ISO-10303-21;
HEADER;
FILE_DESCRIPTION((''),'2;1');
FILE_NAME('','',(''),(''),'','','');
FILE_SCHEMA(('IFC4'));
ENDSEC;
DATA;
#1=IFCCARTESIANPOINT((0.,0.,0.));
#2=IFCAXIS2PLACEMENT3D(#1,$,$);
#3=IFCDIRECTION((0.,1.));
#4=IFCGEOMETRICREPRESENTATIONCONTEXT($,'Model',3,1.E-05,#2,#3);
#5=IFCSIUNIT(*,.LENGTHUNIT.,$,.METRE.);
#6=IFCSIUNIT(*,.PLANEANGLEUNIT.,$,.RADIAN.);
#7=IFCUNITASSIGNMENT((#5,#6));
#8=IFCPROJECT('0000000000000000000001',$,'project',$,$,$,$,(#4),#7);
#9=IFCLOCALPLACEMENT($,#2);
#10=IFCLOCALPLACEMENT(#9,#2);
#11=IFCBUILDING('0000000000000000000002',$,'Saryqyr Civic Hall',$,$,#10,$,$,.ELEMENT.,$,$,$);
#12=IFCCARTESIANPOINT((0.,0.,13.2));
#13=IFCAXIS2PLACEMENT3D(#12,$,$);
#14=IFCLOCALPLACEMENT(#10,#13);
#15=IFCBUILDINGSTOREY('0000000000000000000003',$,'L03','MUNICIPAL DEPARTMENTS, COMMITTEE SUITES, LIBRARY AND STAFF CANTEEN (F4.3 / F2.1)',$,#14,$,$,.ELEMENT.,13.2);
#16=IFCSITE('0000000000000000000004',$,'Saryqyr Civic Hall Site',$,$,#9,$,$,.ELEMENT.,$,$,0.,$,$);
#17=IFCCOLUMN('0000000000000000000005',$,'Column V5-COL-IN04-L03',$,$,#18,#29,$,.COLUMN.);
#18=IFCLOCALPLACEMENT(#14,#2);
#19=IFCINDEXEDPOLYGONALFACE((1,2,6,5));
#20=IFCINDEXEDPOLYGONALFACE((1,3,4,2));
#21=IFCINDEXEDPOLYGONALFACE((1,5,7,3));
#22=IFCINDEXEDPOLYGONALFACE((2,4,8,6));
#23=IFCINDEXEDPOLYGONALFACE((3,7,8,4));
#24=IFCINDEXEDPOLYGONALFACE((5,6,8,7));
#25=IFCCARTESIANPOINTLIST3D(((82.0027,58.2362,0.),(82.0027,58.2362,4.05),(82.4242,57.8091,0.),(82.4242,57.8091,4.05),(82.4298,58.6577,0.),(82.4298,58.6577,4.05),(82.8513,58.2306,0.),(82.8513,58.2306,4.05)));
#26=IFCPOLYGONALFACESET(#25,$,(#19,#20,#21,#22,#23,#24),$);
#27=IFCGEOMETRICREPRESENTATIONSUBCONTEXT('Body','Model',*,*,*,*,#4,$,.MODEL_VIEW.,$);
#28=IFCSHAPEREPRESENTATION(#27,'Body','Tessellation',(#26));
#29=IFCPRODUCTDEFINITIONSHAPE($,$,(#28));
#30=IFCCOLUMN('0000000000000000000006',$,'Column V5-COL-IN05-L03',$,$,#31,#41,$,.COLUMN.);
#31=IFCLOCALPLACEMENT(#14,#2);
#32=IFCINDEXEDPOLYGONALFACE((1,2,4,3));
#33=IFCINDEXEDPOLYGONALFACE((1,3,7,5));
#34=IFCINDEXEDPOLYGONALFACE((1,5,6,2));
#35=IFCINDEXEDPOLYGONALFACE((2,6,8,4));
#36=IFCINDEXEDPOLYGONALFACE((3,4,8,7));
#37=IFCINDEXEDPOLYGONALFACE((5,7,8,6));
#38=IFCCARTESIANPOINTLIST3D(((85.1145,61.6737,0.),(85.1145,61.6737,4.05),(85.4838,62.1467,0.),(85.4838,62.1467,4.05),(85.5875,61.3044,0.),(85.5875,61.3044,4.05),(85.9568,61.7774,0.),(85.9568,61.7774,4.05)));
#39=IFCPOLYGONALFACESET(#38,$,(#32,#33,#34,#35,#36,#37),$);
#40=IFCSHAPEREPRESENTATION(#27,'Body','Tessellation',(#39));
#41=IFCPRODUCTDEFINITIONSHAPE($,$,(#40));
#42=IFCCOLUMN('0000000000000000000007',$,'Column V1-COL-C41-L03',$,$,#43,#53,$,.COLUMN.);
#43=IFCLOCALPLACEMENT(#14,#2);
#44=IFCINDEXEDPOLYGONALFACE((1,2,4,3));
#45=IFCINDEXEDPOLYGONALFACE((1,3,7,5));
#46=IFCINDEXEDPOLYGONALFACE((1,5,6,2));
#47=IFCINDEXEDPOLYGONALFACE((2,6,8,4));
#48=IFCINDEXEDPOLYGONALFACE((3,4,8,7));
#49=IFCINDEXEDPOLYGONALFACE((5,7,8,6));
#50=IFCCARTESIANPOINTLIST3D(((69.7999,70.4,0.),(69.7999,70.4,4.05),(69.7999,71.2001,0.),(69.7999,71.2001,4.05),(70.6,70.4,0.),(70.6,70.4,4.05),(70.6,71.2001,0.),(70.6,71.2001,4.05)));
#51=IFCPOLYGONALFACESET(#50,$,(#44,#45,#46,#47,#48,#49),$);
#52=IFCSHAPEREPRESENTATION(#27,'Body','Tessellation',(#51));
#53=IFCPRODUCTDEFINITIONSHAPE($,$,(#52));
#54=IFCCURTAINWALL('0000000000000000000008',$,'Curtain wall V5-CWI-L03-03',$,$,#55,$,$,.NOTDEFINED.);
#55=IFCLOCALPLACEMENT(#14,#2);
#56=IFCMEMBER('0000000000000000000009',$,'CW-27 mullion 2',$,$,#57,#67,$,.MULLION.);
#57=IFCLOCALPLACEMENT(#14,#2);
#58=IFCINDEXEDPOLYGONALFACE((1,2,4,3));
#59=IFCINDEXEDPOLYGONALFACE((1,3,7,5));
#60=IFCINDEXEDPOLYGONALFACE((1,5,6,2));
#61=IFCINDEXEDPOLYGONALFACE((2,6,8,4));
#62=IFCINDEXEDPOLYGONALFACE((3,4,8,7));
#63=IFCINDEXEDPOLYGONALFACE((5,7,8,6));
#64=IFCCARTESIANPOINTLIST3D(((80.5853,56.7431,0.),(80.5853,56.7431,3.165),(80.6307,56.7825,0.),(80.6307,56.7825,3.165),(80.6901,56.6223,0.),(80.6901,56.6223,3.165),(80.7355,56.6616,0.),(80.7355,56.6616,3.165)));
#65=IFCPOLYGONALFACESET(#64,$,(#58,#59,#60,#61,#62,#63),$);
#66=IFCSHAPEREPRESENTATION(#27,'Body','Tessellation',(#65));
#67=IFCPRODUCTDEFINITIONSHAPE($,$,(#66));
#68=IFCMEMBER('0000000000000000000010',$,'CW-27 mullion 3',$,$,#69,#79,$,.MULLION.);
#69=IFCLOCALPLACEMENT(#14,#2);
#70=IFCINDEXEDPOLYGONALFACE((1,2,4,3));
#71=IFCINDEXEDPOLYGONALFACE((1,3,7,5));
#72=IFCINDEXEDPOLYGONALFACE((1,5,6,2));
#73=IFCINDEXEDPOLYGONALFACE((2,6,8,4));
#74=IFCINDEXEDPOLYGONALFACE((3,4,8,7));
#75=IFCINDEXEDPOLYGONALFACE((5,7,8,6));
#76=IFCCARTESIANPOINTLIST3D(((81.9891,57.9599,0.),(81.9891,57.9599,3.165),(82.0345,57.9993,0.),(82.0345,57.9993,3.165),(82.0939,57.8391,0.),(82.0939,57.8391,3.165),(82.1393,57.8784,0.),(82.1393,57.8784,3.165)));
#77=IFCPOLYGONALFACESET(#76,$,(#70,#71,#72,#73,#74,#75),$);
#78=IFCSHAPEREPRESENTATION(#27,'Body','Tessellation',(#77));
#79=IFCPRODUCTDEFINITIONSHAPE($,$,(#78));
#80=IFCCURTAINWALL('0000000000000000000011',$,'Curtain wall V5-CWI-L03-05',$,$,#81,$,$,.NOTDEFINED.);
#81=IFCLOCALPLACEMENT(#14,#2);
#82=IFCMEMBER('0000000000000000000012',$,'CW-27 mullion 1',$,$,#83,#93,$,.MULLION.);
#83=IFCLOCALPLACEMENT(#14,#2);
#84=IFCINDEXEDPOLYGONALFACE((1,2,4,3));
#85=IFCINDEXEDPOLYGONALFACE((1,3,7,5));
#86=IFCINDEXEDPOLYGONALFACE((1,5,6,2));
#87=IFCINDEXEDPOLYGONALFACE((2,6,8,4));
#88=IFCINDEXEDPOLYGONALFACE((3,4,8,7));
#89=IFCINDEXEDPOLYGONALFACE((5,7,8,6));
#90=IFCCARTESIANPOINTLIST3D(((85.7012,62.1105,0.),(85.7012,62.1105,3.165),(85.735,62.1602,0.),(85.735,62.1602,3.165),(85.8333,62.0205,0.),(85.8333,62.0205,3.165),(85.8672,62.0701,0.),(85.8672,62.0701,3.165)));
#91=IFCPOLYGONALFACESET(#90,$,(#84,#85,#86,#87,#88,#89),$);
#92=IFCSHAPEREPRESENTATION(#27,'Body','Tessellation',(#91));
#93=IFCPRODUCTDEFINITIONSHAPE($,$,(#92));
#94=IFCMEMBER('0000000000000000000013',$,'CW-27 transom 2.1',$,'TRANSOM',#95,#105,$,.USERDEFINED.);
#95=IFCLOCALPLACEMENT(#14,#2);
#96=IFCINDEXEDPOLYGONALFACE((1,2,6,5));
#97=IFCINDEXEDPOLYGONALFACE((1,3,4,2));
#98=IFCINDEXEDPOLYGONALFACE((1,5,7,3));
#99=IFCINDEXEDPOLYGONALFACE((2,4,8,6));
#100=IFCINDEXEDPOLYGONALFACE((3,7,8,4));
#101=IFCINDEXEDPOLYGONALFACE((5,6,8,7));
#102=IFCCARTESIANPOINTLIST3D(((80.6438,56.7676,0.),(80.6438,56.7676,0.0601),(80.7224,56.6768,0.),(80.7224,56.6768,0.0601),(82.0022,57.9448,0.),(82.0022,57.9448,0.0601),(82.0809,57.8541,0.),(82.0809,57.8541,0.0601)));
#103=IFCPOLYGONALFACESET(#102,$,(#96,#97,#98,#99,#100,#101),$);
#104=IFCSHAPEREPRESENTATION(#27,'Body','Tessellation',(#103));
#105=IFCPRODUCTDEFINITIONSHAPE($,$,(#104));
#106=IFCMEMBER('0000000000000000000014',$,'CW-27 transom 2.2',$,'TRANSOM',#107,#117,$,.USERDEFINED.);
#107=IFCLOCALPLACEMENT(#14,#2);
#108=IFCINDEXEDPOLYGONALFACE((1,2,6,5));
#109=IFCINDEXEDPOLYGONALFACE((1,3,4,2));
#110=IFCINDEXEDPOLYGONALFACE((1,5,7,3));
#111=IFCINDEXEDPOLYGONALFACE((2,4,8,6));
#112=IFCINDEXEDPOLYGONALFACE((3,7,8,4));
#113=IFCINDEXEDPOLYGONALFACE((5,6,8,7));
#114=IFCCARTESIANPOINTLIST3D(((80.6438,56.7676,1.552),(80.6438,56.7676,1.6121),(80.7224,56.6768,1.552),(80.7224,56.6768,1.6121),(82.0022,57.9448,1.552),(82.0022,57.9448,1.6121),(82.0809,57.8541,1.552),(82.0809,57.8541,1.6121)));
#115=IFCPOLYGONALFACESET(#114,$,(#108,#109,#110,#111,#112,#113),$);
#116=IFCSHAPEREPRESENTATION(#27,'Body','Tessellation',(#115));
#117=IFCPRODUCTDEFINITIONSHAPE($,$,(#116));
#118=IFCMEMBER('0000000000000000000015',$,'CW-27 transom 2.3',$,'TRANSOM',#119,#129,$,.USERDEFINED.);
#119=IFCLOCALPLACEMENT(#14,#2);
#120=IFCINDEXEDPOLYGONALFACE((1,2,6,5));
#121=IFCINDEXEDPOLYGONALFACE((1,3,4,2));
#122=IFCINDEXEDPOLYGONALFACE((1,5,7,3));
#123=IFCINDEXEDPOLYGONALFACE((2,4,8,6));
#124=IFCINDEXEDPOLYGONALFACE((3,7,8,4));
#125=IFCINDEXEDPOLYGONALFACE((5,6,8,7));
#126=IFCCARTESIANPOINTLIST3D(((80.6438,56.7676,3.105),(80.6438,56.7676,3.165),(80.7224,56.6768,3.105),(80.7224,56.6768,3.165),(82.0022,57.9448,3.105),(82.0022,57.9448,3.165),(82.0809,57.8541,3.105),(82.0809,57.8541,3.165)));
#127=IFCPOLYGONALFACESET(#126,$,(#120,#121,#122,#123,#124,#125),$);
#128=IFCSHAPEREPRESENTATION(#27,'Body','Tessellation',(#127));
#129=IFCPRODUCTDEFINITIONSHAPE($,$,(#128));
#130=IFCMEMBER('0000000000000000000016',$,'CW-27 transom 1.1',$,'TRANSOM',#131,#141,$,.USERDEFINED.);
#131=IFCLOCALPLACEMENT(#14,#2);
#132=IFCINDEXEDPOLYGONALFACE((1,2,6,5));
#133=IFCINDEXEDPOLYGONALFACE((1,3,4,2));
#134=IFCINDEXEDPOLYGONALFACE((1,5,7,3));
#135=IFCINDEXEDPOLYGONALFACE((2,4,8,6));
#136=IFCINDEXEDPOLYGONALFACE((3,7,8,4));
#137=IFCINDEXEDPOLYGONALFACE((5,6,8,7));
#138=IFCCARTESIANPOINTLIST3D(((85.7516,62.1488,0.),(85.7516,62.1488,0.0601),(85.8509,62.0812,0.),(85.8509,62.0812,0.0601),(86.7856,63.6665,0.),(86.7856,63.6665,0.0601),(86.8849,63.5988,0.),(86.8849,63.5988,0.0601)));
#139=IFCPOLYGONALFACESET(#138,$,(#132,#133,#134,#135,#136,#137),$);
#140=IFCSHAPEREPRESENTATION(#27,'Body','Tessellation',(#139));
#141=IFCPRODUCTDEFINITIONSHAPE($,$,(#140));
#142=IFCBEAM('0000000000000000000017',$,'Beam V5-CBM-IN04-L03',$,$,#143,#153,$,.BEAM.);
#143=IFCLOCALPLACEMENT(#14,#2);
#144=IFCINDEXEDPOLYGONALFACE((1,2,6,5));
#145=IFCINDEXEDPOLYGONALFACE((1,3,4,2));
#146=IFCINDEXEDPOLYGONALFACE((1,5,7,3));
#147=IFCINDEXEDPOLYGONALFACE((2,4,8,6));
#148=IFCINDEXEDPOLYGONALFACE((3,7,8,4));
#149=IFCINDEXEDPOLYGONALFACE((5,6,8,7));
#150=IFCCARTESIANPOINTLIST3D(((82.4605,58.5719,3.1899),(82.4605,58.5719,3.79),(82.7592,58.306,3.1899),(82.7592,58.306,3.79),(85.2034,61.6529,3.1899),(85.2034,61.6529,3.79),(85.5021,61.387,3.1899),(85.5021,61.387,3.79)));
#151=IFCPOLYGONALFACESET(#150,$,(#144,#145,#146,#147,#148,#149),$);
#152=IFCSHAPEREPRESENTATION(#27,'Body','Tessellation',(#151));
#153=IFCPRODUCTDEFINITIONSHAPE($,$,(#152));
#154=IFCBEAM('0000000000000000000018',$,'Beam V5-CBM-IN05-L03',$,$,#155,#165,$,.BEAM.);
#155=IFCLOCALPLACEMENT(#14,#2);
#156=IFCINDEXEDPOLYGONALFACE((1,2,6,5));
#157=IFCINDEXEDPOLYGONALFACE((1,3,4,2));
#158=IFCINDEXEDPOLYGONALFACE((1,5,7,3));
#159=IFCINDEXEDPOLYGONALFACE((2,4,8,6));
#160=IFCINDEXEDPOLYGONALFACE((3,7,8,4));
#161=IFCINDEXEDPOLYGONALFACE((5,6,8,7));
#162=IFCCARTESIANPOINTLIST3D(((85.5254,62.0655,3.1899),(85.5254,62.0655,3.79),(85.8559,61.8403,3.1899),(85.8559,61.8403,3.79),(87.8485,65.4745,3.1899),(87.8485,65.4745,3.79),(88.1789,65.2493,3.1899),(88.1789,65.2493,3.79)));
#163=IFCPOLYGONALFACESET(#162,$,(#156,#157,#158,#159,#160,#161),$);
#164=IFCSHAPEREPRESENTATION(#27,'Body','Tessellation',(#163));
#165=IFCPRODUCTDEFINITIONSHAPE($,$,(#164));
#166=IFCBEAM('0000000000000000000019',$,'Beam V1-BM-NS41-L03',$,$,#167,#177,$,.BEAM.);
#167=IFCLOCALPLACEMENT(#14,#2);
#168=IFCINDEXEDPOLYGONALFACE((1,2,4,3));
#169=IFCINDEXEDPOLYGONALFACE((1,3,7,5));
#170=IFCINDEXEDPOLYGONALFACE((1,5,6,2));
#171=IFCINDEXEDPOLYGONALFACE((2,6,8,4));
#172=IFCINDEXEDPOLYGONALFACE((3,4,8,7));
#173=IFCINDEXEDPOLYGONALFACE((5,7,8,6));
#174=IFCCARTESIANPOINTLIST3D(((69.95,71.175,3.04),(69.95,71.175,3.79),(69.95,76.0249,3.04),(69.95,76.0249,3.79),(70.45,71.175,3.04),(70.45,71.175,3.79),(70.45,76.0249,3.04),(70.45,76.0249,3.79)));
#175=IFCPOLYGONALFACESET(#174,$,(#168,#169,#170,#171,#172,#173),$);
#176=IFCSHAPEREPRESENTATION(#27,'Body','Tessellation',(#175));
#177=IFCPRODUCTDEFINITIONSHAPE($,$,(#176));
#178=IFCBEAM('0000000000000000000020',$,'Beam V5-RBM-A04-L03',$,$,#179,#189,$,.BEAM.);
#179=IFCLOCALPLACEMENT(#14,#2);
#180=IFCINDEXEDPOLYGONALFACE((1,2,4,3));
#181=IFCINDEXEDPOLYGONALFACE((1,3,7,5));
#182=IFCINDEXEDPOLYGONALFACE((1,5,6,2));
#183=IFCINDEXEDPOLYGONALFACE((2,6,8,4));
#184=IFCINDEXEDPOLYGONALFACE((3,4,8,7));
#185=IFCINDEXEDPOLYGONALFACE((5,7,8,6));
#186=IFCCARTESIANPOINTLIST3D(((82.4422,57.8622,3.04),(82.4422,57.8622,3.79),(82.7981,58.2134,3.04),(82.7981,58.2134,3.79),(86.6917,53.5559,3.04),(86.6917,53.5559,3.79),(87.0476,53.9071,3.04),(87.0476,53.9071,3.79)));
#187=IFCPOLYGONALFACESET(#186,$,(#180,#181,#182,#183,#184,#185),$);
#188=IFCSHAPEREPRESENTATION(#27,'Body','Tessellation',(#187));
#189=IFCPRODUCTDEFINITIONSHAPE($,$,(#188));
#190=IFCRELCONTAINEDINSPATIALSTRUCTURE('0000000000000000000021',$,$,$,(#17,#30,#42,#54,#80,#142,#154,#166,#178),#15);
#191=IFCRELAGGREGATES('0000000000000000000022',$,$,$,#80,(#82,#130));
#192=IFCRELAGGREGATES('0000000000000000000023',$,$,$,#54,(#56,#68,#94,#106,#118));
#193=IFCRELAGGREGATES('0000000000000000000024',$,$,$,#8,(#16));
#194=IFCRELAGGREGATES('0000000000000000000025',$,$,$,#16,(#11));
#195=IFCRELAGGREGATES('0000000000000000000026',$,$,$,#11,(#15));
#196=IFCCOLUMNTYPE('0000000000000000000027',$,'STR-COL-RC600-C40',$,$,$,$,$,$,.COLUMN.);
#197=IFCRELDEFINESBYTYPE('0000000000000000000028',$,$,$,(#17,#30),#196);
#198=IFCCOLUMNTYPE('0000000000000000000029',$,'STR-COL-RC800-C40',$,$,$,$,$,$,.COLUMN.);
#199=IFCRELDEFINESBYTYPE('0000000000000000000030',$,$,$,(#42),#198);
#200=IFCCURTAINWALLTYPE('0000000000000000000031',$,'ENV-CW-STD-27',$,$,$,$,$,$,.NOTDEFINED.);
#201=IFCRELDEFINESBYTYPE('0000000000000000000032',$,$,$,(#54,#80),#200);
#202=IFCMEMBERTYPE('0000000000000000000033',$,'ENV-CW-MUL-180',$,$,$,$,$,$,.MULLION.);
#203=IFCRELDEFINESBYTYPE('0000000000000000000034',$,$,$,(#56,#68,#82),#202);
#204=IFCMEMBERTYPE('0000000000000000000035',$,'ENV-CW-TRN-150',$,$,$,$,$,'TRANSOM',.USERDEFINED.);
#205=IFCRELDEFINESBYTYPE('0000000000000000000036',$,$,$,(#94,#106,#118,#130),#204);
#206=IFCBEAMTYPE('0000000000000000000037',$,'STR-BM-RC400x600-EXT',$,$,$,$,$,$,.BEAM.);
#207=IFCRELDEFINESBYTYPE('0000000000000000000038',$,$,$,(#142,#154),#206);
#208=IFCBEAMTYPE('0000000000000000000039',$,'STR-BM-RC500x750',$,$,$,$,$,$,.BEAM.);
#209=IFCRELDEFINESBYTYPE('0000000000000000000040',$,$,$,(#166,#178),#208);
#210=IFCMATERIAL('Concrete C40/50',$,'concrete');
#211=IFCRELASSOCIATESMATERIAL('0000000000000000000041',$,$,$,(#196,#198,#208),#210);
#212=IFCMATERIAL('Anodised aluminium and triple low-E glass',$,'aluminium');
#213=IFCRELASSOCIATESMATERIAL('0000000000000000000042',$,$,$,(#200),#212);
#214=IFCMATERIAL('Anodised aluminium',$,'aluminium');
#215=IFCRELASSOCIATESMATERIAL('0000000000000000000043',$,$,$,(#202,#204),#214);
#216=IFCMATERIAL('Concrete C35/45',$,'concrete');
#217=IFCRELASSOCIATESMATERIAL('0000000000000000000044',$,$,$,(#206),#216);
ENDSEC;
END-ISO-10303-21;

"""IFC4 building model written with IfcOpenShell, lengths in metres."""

from ifc_helpers import new_model, si_unit, direction, frame, origin, origin_2d, place, context, subcontext, project, spatial, rectangle, extrude, material, material_profile, profile_set, type_object, element, aggregate, save


model = new_model("IFC4")

# Units and contexts
model_context = context("Model", 3, precision=1e-05, world=origin(), true_north=direction((0.0, 1.0)))
body_context = subcontext(model_context, "Body", "Model", "MODEL_VIEW")
ifc_project = project(units=[si_unit("LENGTHUNIT", "METRE"), si_unit("PLANEANGLEUNIT", "RADIAN")], contexts=[model_context])

# Site, building, storey
site_placement = place(None, origin())
site = spatial("IfcSite", under=ifc_project, at=site_placement, Name="Saryqyr Civic Hall Site", CompositionType="ELEMENT", RefElevation=0.0)
building_placement = place(site_placement, origin())
building = spatial("IfcBuilding", under=site, at=building_placement, Name="Saryqyr Civic Hall", CompositionType="ELEMENT")
storey_placement = place(building_placement, frame((0.0, 0.0, 13.2)))
storey = spatial("IfcBuildingStorey", under=building, at=storey_placement, Name="L03", Description="MUNICIPAL DEPARTMENTS, COMMITTEE SUITES, LIBRARY AND STAFF CANTEEN (F4.3 / F2.1)", CompositionType="ELEMENT", Elevation=13.2)

# Columns
ifc_material_1 = material(Name="Concrete C40/50", Category="concrete")
ifc_material_profile_1 = material_profile(ifc_material_1, rectangle(XDim=0.6001, YDim=0.6001, at=origin_2d()), Name="RC 600x600")
ifc_profile_set_1 = profile_set([ifc_material_profile_1], Name="Concrete C40/50")
column_type_1 = type_object("IfcColumnType", Name="STR-COL-RC600-C40", PredefinedType="COLUMN", material=ifc_profile_set_1)
for number, where, z_axis, x_axis, name in (
    (1, (82.427, 58.2334, 0.0), (0.0, 0.0, 1.0), (0.702402, -0.711781, 0.0), "Column V5-COL-IN04-L03"),
    (2, (85.5356, 61.7256, 0.0), (0.0, 0.0, 1.0), (0.788226, -0.615386, 0.0), "Column V5-COL-IN05-L03"),
):
    element("IfcColumn", number, at=place(storey_placement, frame(where, z_axis=z_axis, x_axis=x_axis)), inside=storey, type_object=column_type_1, Name=name, PredefinedType="COLUMN", context=body_context, shape_type="SweptSolid", body=[
        extrude(rectangle(XDim=0.6001, YDim=0.6001, at=origin_2d()), origin(), (0.0, 0.0, 1.0), 4.05),
    ])
ifc_material_profile_2 = material_profile(ifc_material_1, rectangle(XDim=0.8, YDim=0.8, at=origin_2d()), Name="RC 800x800")
ifc_profile_set_2 = profile_set([ifc_material_profile_2], Name="Concrete C40/50")
column_type_2 = type_object("IfcColumnType", Name="STR-COL-RC800-C40", PredefinedType="COLUMN", material=ifc_profile_set_2)
column_placement = place(storey_placement, frame((70.2, 70.8, 0.0), z_axis=(0.0, 0.0, 1.0), x_axis=(1.0, 0.0, 0.0)))
element("IfcColumn", 3, at=column_placement, inside=storey, type_object=column_type_2, Name="Column V1-COL-C41-L03", PredefinedType="COLUMN", context=body_context, shape_type="SweptSolid", body=[
    extrude(rectangle(XDim=0.8, YDim=0.8, at=origin_2d()), origin(), (0.0, 0.0, 1.0), 4.05),
])

# Curtain wall, members
ifc_material_2 = material(Name="Anodised aluminium and triple low-E glass", Category="aluminium")
curtain_wall_type = type_object("IfcCurtainWallType", Name="ENV-CW-STD-27", PredefinedType="NOTDEFINED", material=ifc_material_2)
curtain_wall_1_placement = place(storey_placement, origin())
curtain_wall_1 = element("IfcCurtainWall", 4, at=curtain_wall_1_placement, inside=storey, type_object=curtain_wall_type, Name="Curtain wall V5-CWI-L03-03", PredefinedType="NOTDEFINED")
ifc_material_3 = material(Name="Anodised aluminium", Category="aluminium")
ifc_material_profile_3 = material_profile(ifc_material_3, rectangle(XDim=0.0601, YDim=0.1599, at=origin_2d()), Name="ALU MULLION 60x160")
ifc_profile_set_3 = profile_set([ifc_material_profile_3], Name="Anodised aluminium")
member_type_1 = type_object("IfcMemberType", Name="ENV-CW-MUL-180", PredefinedType="MULLION", material=ifc_profile_set_3)
member_1_placement = place(storey_placement, frame((80.6604, 56.7024, 0.0), z_axis=(0.0, 0.0, 1.0), x_axis=(0.755652, 0.654974, 0.0)))
member_1 = element("IfcMember", 5, at=member_1_placement, type_object=member_type_1, Name="CW-27 mullion 2", PredefinedType="MULLION", context=body_context, shape_type="SweptSolid", body=[
    extrude(rectangle(XDim=0.0601, YDim=0.1599, at=origin_2d()), origin(), (0.0, 0.0, 1.0), 3.165),
])
member_2_placement = place(storey_placement, frame((82.0642, 57.9192, 0.0), z_axis=(0.0, 0.0, 1.0), x_axis=(0.755652, 0.654974, 0.0)))
member_2 = element("IfcMember", 6, at=member_2_placement, type_object=member_type_1, Name="CW-27 mullion 3", PredefinedType="MULLION", context=body_context, shape_type="SweptSolid", body=[
    extrude(rectangle(XDim=0.0601, YDim=0.1599, at=origin_2d()), origin(), (0.0, 0.0, 1.0), 3.165),
])

# Curtain wall, member
curtain_wall_2_placement = place(storey_placement, origin())
curtain_wall_2 = element("IfcCurtainWall", 7, at=curtain_wall_2_placement, inside=storey, type_object=curtain_wall_type, Name="Curtain wall V5-CWI-L03-05", PredefinedType="NOTDEFINED")
member_3_placement = place(storey_placement, frame((85.7842, 62.0903, 0.0), z_axis=(0.0, 0.0, 1.0), x_axis=(0.56313, 0.826368, 0.0)))
member_3 = element("IfcMember", 8, at=member_3_placement, type_object=member_type_1, Name="CW-27 mullion 1", PredefinedType="MULLION", context=body_context, shape_type="SweptSolid", body=[
    extrude(rectangle(XDim=0.0601, YDim=0.1599, at=origin_2d()), origin(), (0.0, 0.0, 1.0), 3.165),
])

# Members
ifc_material_profile_4 = material_profile(ifc_material_3, rectangle(XDim=0.1201, YDim=0.0601, at=origin_2d()), Name="ALU TRANSOM 120x60")
ifc_profile_set_4 = profile_set([ifc_material_profile_4], Name="Anodised aluminium")
member_type_2 = type_object("IfcMemberType", Name="ENV-CW-TRN-150", ElementType="TRANSOM", PredefinedType="USERDEFINED", material=ifc_profile_set_4)
member_4_placement = place(storey_placement, frame((80.6831, 56.7222, 0.03), z_axis=(0.755698, 0.65492, 0.0), x_axis=(-0.65492, 0.755698, 0.0)))
member_4 = element("IfcMember", 9, at=member_4_placement, type_object=member_type_2, Name="CW-27 transom 2.1", ObjectType="TRANSOM", PredefinedType="USERDEFINED", context=body_context, shape_type="SweptSolid", body=[
    extrude(rectangle(XDim=0.1201, YDim=0.0601, at=origin_2d()), origin(), (0.0, 0.0, 1.0), 1.7976),
])
member_5_placement = place(storey_placement, frame((80.6831, 56.7222, 1.582), z_axis=(0.755698, 0.65492, 0.0), x_axis=(-0.65492, 0.755698, 0.0)))
member_5 = element("IfcMember", 10, at=member_5_placement, type_object=member_type_2, Name="CW-27 transom 2.2", ObjectType="TRANSOM", PredefinedType="USERDEFINED", context=body_context, shape_type="SweptSolid", body=[
    extrude(rectangle(XDim=0.1201, YDim=0.0601, at=origin_2d()), origin(), (0.0, 0.0, 1.0), 1.7976),
])
member_6_placement = place(storey_placement, frame((80.6831, 56.7222, 3.135), z_axis=(0.755698, 0.65492, 0.0), x_axis=(-0.65492, 0.755698, 0.0)))
member_6 = element("IfcMember", 11, at=member_6_placement, type_object=member_type_2, Name="CW-27 transom 2.3", ObjectType="TRANSOM", PredefinedType="USERDEFINED", context=body_context, shape_type="SweptSolid", body=[
    extrude(rectangle(XDim=0.1201, YDim=0.0601, at=origin_2d()), origin(), (0.0, 0.0, 1.0), 1.7976),
])
member_7_placement = place(storey_placement, frame((85.8013, 62.115, 0.03), z_axis=(0.563048, 0.826424, 0.0), x_axis=(-0.826424, 0.563048, 0.0)))
member_7 = element("IfcMember", 12, at=member_7_placement, type_object=member_type_2, Name="CW-27 transom 1.1", ObjectType="TRANSOM", PredefinedType="USERDEFINED", context=body_context, shape_type="SweptSolid", body=[
    extrude(rectangle(XDim=0.1201, YDim=0.0601, at=origin_2d()), origin(), (0.0, 0.0, 1.0), 1.8364),
])
aggregate(curtain_wall_2, [member_3, member_7])

# Beams
ifc_material_4 = material(Name="Concrete C35/45", Category="concrete")
ifc_material_profile_5 = material_profile(ifc_material_4, rectangle(XDim=0.3999, YDim=0.6001, at=origin_2d()), Name="RC 400x600")
ifc_profile_set_5 = profile_set([ifc_material_profile_5], Name="Concrete C35/45")
beam_type_1 = type_object("IfcBeamType", Name="STR-BM-RC400x600-EXT", PredefinedType="BEAM", material=ifc_profile_set_5)
beam_1_placement = place(storey_placement, frame((82.6099, 58.439, 3.49), z_axis=(0.664933, 0.746903, 0.0), x_axis=(-0.746903, 0.664933, 0.0)))
element("IfcBeam", 13, at=beam_1_placement, inside=storey, type_object=beam_type_1, Name="Beam V5-CBM-IN04-L03", PredefinedType="BEAM", context=body_context, shape_type="SweptSolid", body=[
    extrude(rectangle(XDim=0.3999, YDim=0.6001, at=origin_2d()), origin(), (0.0, 0.0, 1.0), 4.125),
])
beam_2_placement = place(storey_placement, frame((85.6907, 61.9529, 3.49), z_axis=(0.563126, 0.826371, 0.0), x_axis=(-0.826371, 0.563126, 0.0)))
element("IfcBeam", 14, at=beam_2_placement, inside=storey, type_object=beam_type_1, Name="Beam V5-CBM-IN05-L03", PredefinedType="BEAM", context=body_context, shape_type="SweptSolid", body=[
    extrude(rectangle(XDim=0.3999, YDim=0.6001, at=origin_2d()), origin(), (0.0, 0.0, 1.0), 4.1252),
])
ifc_material_profile_6 = material_profile(ifc_material_1, rectangle(XDim=0.5, YDim=0.75, at=origin_2d()), Name="RC 500x750")
ifc_profile_set_6 = profile_set([ifc_material_profile_6], Name="Concrete C40/50")
beam_type_2 = type_object("IfcBeamType", Name="STR-BM-RC500x750", PredefinedType="BEAM", material=ifc_profile_set_6)
beam_3_placement = place(storey_placement, frame((70.2, 71.175, 3.415), z_axis=(0.0, 1.0, 0.0), x_axis=(-1.0, 0.0, 0.0)))
element("IfcBeam", 15, at=beam_3_placement, inside=storey, type_object=beam_type_2, Name="Beam V1-BM-NS41-L03", PredefinedType="BEAM", context=body_context, shape_type="SweptSolid", body=[
    extrude(rectangle(XDim=0.5, YDim=0.75, at=origin_2d()), origin(), (0.0, 0.0, 1.0), 4.8499),
])
for number, where, z_axis, x_axis, name in (
    (16, (82.6201, 58.0378, 3.415), (0.70239, -0.711792, 0.0), (0.711792, 0.70239, 0.0), "Beam V5-RBM-A04-L03"),
):
    element("IfcBeam", number, at=place(storey_placement, frame(where, z_axis=z_axis, x_axis=x_axis)), inside=storey, type_object=beam_type_2, Name=name, PredefinedType="BEAM", context=body_context, shape_type="SweptSolid", body=[
        extrude(rectangle(XDim=0.5, YDim=0.75, at=origin_2d()), origin(), (0.0, 0.0, 1.0), 6.05),
    ])

aggregate(curtain_wall_1, [member_1, member_2, member_4, member_5, member_6])

save(model, "model.ifc")
